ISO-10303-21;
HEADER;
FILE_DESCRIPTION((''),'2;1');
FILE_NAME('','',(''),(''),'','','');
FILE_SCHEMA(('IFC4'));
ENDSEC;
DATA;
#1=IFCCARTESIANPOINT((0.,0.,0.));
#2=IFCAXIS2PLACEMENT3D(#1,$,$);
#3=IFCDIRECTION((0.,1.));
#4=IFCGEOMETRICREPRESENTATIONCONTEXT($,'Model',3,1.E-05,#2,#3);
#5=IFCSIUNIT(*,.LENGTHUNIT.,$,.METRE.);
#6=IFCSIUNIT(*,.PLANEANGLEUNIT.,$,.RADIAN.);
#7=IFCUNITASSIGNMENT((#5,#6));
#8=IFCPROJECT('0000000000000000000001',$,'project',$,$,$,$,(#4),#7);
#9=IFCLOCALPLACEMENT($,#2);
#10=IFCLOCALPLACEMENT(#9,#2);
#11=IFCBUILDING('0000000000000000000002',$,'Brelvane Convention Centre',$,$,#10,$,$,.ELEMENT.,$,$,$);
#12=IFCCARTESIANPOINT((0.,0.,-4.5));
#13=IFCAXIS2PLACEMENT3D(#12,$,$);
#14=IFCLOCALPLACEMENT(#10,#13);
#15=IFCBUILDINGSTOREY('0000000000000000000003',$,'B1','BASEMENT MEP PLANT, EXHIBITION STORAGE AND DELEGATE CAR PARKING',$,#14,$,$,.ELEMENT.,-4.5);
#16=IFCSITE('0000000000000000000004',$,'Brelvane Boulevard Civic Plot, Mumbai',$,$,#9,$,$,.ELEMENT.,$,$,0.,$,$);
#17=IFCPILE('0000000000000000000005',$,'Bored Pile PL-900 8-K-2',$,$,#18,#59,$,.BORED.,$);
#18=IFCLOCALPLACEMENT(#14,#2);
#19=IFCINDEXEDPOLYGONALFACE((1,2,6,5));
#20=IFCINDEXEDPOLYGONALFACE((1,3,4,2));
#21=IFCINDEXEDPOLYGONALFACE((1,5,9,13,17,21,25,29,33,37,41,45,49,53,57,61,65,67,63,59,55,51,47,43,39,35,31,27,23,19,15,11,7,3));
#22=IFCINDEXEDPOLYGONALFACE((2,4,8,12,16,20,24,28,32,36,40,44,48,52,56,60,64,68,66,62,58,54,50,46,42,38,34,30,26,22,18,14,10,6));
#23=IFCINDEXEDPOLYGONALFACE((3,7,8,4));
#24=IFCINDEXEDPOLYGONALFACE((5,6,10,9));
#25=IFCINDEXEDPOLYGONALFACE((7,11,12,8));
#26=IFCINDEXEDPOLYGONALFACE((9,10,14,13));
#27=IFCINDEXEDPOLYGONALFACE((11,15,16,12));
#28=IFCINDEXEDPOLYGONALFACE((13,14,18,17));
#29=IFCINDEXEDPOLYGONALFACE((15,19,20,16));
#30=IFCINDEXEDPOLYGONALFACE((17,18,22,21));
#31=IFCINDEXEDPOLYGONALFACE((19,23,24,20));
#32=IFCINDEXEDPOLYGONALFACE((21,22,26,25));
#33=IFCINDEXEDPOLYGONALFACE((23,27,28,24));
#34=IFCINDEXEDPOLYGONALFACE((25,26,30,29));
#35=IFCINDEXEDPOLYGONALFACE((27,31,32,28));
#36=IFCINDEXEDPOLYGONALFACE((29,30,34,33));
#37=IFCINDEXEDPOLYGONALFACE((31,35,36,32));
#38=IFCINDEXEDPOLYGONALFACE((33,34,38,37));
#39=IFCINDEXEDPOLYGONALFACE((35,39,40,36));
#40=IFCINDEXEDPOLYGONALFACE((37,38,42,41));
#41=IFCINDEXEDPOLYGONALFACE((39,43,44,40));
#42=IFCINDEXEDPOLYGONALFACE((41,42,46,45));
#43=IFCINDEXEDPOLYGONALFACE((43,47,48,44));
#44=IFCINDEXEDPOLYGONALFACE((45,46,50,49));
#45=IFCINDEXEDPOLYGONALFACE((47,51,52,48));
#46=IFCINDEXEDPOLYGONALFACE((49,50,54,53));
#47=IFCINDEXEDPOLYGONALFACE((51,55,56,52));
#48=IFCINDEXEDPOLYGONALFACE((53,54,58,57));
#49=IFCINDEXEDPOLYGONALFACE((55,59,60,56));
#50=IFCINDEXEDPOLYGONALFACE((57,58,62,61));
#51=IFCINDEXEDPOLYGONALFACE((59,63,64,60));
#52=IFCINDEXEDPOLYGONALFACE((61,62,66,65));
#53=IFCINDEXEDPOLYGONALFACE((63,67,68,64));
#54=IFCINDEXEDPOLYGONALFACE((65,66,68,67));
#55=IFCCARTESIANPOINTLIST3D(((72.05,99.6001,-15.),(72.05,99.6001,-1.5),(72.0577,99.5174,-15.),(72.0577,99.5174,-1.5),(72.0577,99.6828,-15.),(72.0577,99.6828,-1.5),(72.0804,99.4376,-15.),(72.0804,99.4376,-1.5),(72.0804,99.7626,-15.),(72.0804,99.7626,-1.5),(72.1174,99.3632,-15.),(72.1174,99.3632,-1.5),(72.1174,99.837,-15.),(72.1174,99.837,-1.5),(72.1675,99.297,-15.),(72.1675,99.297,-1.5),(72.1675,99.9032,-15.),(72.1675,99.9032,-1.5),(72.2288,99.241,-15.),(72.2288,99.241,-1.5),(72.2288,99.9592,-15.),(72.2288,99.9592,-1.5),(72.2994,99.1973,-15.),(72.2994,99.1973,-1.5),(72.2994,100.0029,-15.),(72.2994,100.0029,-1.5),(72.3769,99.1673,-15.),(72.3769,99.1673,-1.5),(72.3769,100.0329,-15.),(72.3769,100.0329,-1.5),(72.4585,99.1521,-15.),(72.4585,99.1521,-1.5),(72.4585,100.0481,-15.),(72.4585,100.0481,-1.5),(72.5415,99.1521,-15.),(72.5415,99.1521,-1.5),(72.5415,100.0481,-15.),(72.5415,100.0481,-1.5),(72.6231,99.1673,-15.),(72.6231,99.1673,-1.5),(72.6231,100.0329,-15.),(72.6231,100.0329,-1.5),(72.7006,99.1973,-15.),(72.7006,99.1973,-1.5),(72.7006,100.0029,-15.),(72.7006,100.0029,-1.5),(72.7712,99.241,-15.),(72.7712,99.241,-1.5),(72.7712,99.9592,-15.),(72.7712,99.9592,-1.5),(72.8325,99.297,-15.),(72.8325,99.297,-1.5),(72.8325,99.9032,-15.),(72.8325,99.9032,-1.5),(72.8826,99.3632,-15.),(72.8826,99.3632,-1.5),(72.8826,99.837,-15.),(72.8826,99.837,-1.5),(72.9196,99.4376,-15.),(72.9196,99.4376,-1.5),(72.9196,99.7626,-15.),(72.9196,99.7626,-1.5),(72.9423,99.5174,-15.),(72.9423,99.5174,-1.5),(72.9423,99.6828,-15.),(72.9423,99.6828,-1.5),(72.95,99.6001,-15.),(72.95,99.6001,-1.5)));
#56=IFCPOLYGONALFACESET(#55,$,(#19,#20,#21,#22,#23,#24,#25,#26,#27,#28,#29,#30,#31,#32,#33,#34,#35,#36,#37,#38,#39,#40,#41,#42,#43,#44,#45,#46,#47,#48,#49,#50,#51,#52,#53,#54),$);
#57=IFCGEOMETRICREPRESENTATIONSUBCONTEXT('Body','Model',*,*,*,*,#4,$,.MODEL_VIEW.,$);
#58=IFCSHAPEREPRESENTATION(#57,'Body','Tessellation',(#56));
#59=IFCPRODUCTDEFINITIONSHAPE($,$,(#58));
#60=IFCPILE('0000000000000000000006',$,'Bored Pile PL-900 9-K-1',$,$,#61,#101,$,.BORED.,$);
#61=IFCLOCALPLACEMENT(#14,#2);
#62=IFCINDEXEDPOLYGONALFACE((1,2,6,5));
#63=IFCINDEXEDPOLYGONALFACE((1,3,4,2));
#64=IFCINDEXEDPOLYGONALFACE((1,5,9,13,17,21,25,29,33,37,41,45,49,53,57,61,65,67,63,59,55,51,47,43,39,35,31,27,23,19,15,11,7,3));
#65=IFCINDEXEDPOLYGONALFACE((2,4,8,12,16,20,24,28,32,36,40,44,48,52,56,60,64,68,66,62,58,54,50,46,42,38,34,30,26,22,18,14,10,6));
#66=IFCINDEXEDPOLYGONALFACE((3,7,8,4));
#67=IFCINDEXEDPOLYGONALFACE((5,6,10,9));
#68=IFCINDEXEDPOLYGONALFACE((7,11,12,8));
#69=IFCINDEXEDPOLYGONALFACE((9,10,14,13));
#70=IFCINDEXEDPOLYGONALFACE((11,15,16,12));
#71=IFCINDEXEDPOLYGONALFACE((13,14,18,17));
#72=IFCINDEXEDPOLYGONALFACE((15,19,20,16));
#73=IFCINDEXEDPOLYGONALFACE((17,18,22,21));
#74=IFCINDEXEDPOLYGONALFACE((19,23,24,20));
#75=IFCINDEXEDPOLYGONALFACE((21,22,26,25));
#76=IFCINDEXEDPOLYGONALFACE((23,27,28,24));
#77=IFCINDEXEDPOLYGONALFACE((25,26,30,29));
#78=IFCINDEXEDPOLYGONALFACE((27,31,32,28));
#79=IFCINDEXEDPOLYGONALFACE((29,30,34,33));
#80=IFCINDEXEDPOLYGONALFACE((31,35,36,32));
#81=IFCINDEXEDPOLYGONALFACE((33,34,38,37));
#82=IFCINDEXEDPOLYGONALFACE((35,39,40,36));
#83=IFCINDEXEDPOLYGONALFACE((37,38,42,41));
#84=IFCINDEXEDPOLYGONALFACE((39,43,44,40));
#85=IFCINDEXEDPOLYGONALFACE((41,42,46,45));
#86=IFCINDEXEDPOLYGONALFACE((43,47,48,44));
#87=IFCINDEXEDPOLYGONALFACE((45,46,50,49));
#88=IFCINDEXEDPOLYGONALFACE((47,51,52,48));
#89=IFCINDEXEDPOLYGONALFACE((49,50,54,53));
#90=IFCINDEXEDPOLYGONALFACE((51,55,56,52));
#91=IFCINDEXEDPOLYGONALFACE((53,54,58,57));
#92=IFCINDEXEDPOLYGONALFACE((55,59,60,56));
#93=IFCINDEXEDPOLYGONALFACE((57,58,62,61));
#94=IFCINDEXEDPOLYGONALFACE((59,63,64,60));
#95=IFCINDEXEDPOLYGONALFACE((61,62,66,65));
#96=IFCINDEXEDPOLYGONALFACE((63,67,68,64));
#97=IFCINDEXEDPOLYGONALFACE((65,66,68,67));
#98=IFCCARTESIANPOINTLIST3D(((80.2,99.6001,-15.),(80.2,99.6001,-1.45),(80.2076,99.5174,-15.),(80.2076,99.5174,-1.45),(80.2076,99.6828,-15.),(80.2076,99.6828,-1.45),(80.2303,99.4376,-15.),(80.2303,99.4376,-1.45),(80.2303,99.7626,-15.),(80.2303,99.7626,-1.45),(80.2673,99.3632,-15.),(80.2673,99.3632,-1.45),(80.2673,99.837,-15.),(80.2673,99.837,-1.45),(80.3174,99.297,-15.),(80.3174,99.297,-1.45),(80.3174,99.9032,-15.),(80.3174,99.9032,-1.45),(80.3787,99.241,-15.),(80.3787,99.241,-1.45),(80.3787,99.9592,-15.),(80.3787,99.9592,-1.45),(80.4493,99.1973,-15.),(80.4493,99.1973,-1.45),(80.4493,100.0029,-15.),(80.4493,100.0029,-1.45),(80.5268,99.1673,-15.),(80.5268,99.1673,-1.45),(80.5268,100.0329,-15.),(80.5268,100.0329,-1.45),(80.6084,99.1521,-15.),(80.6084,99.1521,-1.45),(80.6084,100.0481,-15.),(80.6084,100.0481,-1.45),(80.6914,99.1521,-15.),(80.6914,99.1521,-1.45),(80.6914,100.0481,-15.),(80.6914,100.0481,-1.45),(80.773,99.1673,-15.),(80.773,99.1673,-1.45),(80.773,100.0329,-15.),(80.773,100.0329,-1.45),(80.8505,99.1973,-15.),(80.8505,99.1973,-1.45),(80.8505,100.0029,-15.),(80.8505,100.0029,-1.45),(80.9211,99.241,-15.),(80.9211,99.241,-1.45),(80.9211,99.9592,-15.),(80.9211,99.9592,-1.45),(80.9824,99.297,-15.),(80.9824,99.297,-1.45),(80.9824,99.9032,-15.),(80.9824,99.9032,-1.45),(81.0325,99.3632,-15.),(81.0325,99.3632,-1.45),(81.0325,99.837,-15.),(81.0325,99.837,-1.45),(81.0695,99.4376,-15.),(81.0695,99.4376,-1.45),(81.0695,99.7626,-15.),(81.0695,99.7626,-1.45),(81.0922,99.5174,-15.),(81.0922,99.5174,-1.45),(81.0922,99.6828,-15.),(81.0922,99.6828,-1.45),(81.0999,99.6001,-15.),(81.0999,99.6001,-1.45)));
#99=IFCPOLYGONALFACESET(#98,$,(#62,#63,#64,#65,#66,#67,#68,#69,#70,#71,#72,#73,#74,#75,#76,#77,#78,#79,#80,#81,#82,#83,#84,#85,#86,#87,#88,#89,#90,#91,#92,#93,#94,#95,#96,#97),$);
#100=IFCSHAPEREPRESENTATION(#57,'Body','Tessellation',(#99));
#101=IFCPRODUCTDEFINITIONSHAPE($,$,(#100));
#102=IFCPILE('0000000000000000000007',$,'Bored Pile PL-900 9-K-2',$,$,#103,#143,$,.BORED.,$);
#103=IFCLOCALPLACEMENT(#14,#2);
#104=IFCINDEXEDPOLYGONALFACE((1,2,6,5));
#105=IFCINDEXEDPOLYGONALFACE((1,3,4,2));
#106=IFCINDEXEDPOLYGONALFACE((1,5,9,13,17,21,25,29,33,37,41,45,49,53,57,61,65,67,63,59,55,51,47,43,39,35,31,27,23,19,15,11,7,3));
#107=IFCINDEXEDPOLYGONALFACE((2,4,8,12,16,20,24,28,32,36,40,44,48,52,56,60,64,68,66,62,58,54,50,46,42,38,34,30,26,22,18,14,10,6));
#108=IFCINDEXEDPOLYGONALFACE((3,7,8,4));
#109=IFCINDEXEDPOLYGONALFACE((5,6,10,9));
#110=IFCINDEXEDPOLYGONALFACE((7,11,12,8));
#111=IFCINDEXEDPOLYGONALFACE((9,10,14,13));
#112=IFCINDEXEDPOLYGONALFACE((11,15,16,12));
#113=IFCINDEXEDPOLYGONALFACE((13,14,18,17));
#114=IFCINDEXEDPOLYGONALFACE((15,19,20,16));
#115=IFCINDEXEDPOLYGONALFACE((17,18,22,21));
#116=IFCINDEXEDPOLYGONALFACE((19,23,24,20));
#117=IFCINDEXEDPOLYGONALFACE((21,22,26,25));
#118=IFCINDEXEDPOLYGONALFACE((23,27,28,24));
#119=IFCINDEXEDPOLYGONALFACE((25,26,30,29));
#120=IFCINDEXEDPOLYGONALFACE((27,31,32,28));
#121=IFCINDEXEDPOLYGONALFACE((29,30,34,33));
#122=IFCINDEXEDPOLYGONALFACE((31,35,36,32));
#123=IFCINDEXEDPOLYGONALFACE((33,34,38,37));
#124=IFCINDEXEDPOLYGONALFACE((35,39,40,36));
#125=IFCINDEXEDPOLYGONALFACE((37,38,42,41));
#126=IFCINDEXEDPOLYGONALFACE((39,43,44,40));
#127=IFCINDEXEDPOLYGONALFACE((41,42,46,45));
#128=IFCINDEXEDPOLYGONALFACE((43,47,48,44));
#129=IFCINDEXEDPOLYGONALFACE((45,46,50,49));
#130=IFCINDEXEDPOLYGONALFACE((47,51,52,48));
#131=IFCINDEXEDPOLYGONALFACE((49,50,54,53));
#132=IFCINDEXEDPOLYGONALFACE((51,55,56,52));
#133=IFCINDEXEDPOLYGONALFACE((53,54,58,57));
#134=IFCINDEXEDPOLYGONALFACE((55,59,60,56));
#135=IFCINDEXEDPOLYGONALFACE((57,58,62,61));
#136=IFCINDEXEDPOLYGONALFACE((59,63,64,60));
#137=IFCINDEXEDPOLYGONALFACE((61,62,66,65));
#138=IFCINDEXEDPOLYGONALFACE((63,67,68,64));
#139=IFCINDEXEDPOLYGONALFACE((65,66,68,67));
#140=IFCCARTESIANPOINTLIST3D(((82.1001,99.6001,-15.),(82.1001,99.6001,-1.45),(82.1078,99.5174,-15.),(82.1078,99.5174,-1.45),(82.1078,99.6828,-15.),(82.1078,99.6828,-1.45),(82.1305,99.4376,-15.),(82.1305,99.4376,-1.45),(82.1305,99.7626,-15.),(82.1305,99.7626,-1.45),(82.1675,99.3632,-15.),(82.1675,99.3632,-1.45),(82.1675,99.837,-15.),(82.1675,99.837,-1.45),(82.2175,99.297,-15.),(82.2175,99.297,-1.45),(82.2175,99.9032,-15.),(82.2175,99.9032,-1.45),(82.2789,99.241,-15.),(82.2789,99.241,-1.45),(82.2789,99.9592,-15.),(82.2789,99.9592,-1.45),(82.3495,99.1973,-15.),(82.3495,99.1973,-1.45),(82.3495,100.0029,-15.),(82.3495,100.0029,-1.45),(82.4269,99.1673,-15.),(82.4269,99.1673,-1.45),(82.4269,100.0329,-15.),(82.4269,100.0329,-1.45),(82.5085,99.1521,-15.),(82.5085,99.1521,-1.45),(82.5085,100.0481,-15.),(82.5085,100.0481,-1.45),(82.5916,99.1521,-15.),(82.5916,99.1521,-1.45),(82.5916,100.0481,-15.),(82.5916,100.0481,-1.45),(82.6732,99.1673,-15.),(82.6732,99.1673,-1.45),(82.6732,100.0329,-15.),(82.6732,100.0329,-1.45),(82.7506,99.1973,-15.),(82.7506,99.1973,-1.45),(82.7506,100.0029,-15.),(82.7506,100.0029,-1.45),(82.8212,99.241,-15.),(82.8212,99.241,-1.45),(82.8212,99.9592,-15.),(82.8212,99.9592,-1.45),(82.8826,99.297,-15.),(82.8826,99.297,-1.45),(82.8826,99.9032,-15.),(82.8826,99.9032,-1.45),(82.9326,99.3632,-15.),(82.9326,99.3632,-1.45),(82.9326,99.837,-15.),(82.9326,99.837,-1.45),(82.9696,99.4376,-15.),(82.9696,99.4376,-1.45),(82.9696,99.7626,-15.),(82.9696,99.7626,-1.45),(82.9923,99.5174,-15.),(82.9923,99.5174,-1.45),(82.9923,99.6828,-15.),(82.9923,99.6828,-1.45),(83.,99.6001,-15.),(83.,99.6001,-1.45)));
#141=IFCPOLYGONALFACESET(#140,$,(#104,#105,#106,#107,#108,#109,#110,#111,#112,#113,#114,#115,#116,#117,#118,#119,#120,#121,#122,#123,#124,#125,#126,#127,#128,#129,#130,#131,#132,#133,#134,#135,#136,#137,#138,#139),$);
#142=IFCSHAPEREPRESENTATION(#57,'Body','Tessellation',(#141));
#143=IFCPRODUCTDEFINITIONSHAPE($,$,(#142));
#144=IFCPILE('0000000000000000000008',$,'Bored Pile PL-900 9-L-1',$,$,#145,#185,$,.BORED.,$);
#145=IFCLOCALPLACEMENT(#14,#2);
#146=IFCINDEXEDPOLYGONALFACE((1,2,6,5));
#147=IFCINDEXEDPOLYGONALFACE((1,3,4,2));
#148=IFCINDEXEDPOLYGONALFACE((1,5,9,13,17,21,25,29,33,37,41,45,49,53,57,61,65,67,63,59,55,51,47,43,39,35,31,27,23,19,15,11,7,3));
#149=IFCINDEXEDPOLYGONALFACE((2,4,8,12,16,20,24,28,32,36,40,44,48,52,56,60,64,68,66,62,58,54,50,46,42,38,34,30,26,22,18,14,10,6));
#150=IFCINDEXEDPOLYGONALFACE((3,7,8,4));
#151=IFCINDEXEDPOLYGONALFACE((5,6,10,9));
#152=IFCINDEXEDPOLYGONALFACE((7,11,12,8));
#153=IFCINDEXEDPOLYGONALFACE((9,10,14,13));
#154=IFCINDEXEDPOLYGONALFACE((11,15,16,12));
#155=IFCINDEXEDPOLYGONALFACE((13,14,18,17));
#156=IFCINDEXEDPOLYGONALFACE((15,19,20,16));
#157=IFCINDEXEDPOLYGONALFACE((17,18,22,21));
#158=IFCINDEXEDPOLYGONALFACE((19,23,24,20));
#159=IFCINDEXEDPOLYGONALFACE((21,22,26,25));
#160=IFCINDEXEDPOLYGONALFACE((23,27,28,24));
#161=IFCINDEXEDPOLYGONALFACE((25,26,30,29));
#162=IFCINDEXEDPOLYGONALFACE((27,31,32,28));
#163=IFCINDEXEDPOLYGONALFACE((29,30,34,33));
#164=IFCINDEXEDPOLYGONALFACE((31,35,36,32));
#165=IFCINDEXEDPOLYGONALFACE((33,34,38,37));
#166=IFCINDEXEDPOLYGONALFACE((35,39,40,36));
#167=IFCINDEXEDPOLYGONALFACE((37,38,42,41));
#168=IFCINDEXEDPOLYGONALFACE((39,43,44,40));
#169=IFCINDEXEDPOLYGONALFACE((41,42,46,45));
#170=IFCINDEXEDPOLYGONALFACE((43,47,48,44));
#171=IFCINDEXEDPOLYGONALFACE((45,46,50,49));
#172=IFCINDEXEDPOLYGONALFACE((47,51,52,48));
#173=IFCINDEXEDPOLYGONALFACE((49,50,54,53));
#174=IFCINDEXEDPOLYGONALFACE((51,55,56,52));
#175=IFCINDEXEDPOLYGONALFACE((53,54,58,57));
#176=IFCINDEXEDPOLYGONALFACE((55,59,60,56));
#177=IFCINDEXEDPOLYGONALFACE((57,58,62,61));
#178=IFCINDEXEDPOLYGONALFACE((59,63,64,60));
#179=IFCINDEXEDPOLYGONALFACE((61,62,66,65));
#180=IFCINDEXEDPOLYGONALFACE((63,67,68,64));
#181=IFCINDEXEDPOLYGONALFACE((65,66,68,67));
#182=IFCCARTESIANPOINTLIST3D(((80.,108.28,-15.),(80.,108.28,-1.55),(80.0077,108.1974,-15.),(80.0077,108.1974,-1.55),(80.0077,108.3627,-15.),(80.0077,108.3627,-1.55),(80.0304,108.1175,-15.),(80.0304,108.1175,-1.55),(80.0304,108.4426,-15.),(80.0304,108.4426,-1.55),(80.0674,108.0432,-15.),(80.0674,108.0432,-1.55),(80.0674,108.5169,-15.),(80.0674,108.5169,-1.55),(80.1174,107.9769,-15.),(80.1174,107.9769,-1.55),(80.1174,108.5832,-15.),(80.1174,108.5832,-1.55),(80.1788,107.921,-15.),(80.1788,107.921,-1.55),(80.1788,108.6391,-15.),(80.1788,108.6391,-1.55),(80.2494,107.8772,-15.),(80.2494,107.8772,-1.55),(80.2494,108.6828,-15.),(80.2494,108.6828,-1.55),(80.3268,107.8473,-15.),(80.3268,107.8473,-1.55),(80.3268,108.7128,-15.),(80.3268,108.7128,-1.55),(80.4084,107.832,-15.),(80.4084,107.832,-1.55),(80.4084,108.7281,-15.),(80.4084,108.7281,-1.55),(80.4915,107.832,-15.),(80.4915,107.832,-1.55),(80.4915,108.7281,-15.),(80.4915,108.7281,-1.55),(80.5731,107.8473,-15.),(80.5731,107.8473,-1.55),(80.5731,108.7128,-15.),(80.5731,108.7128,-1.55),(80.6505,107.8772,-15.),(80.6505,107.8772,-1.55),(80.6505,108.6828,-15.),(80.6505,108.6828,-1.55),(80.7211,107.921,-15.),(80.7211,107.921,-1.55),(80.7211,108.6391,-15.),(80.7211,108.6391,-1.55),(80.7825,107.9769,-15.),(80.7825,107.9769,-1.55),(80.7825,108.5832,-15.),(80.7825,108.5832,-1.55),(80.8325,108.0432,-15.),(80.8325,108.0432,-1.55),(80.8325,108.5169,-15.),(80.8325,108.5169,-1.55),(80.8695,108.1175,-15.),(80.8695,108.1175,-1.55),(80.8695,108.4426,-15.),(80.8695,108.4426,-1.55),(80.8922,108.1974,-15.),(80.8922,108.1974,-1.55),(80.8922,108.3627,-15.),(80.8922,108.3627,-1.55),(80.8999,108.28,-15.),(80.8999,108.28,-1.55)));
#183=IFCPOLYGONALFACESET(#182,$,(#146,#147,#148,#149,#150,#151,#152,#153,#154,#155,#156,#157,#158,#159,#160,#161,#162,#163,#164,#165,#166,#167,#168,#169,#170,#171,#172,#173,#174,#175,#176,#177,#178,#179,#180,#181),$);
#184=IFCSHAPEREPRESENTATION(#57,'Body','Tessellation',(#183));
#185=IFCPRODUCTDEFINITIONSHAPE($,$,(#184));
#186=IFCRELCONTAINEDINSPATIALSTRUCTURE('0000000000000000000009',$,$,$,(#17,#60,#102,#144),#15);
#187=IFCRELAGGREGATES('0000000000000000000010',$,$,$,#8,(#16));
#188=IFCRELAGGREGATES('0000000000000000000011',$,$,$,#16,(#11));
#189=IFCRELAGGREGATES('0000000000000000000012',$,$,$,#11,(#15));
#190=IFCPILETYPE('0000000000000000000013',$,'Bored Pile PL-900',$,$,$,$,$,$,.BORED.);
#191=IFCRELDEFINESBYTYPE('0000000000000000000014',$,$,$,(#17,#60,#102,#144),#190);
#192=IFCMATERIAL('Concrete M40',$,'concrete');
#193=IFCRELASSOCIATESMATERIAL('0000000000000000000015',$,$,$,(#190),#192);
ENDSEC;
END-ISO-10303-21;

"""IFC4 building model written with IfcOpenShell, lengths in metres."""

from ifc_helpers import new_model, si_unit, direction, frame, origin, origin_2d, place, context, subcontext, project, spatial, circle, extrude, material, material_profile, profile_set, type_object, element, save


model = new_model("IFC4")

# Units and contexts
model_context = context("Model", 3, precision=1e-05, world=origin(), true_north=direction((0.0, 1.0)))
body_context = subcontext(model_context, "Body", "Model", "MODEL_VIEW")
ifc_project = project(units=[si_unit("LENGTHUNIT", "METRE"), si_unit("PLANEANGLEUNIT", "RADIAN")], contexts=[model_context])

# Site, building, storey
site_placement = place(None, origin())
site = spatial("IfcSite", under=ifc_project, at=site_placement, Name="Brelvane Boulevard Civic Plot, Mumbai", CompositionType="ELEMENT", RefElevation=0.0)
building_placement = place(site_placement, origin())
building = spatial("IfcBuilding", under=site, at=building_placement, Name="Brelvane Convention Centre", CompositionType="ELEMENT")
storey_placement = place(building_placement, frame((0.0, 0.0, -4.5)))
storey = spatial("IfcBuildingStorey", under=building, at=storey_placement, Name="B1", Description="BASEMENT MEP PLANT, EXHIBITION STORAGE AND DELEGATE CAR PARKING", CompositionType="ELEMENT", Elevation=-4.5)

# Piles
ifc_material_1 = material(Name="Concrete M40", Category="concrete")
ifc_material_profile_1 = material_profile(ifc_material_1, circle(Radius=0.45, at=origin_2d()), Name="PILE D900")
ifc_profile_set_1 = profile_set([ifc_material_profile_1], Name="Concrete M40")
pile_type = type_object("IfcPileType", Name="Bored Pile PL-900", PredefinedType="BORED", material=ifc_profile_set_1)
pile_1_placement = place(storey_placement, frame((72.5, 99.6001, -1.5), z_axis=(0.0, 0.0, -1.0), x_axis=(1.0, 0.0, 0.0)))
element("IfcPile", 1, at=pile_1_placement, inside=storey, type_object=pile_type, Name="Bored Pile PL-900 8-K-2", PredefinedType="BORED", context=body_context, shape_type="SweptSolid", body=[
    extrude(circle(Radius=0.45, at=origin_2d()), origin(), (0.0, 0.0, 1.0), 13.5),
])
for number, where, z_axis, x_axis, name in (
    (2, (80.6499, 99.6001, -1.45), (0.0, 0.0, -1.0), (1.0, 0.0, 0.0), "Bored Pile PL-900 9-K-1"),
    (3, (82.55, 99.6001, -1.45), (0.0, 0.0, -1.0), (1.0, 0.0, 0.0), "Bored Pile PL-900 9-K-2"),
):
    element("IfcPile", number, at=place(storey_placement, frame(where, z_axis=z_axis, x_axis=x_axis)), inside=storey, type_object=pile_type, Name=name, PredefinedType="BORED", context=body_context, shape_type="SweptSolid", body=[
        extrude(circle(Radius=0.45, at=origin_2d()), origin(), (0.0, 0.0, 1.0), 13.55),
    ])
for number, where, z_axis, x_axis, name in (
    (4, (80.45, 108.28, -1.55), (0.0, 0.0, -1.0), (1.0, 0.0, 0.0), "Bored Pile PL-900 9-L-1"),
):
    element("IfcPile", number, at=place(storey_placement, frame(where, z_axis=z_axis, x_axis=x_axis)), inside=storey, type_object=pile_type, Name=name, PredefinedType="BORED", context=body_context, shape_type="SweptSolid", body=[
        extrude(circle(Radius=0.45, at=origin_2d()), origin(), (0.0, 0.0, 1.0), 13.45),
    ])

save(model, "model.ifc")
